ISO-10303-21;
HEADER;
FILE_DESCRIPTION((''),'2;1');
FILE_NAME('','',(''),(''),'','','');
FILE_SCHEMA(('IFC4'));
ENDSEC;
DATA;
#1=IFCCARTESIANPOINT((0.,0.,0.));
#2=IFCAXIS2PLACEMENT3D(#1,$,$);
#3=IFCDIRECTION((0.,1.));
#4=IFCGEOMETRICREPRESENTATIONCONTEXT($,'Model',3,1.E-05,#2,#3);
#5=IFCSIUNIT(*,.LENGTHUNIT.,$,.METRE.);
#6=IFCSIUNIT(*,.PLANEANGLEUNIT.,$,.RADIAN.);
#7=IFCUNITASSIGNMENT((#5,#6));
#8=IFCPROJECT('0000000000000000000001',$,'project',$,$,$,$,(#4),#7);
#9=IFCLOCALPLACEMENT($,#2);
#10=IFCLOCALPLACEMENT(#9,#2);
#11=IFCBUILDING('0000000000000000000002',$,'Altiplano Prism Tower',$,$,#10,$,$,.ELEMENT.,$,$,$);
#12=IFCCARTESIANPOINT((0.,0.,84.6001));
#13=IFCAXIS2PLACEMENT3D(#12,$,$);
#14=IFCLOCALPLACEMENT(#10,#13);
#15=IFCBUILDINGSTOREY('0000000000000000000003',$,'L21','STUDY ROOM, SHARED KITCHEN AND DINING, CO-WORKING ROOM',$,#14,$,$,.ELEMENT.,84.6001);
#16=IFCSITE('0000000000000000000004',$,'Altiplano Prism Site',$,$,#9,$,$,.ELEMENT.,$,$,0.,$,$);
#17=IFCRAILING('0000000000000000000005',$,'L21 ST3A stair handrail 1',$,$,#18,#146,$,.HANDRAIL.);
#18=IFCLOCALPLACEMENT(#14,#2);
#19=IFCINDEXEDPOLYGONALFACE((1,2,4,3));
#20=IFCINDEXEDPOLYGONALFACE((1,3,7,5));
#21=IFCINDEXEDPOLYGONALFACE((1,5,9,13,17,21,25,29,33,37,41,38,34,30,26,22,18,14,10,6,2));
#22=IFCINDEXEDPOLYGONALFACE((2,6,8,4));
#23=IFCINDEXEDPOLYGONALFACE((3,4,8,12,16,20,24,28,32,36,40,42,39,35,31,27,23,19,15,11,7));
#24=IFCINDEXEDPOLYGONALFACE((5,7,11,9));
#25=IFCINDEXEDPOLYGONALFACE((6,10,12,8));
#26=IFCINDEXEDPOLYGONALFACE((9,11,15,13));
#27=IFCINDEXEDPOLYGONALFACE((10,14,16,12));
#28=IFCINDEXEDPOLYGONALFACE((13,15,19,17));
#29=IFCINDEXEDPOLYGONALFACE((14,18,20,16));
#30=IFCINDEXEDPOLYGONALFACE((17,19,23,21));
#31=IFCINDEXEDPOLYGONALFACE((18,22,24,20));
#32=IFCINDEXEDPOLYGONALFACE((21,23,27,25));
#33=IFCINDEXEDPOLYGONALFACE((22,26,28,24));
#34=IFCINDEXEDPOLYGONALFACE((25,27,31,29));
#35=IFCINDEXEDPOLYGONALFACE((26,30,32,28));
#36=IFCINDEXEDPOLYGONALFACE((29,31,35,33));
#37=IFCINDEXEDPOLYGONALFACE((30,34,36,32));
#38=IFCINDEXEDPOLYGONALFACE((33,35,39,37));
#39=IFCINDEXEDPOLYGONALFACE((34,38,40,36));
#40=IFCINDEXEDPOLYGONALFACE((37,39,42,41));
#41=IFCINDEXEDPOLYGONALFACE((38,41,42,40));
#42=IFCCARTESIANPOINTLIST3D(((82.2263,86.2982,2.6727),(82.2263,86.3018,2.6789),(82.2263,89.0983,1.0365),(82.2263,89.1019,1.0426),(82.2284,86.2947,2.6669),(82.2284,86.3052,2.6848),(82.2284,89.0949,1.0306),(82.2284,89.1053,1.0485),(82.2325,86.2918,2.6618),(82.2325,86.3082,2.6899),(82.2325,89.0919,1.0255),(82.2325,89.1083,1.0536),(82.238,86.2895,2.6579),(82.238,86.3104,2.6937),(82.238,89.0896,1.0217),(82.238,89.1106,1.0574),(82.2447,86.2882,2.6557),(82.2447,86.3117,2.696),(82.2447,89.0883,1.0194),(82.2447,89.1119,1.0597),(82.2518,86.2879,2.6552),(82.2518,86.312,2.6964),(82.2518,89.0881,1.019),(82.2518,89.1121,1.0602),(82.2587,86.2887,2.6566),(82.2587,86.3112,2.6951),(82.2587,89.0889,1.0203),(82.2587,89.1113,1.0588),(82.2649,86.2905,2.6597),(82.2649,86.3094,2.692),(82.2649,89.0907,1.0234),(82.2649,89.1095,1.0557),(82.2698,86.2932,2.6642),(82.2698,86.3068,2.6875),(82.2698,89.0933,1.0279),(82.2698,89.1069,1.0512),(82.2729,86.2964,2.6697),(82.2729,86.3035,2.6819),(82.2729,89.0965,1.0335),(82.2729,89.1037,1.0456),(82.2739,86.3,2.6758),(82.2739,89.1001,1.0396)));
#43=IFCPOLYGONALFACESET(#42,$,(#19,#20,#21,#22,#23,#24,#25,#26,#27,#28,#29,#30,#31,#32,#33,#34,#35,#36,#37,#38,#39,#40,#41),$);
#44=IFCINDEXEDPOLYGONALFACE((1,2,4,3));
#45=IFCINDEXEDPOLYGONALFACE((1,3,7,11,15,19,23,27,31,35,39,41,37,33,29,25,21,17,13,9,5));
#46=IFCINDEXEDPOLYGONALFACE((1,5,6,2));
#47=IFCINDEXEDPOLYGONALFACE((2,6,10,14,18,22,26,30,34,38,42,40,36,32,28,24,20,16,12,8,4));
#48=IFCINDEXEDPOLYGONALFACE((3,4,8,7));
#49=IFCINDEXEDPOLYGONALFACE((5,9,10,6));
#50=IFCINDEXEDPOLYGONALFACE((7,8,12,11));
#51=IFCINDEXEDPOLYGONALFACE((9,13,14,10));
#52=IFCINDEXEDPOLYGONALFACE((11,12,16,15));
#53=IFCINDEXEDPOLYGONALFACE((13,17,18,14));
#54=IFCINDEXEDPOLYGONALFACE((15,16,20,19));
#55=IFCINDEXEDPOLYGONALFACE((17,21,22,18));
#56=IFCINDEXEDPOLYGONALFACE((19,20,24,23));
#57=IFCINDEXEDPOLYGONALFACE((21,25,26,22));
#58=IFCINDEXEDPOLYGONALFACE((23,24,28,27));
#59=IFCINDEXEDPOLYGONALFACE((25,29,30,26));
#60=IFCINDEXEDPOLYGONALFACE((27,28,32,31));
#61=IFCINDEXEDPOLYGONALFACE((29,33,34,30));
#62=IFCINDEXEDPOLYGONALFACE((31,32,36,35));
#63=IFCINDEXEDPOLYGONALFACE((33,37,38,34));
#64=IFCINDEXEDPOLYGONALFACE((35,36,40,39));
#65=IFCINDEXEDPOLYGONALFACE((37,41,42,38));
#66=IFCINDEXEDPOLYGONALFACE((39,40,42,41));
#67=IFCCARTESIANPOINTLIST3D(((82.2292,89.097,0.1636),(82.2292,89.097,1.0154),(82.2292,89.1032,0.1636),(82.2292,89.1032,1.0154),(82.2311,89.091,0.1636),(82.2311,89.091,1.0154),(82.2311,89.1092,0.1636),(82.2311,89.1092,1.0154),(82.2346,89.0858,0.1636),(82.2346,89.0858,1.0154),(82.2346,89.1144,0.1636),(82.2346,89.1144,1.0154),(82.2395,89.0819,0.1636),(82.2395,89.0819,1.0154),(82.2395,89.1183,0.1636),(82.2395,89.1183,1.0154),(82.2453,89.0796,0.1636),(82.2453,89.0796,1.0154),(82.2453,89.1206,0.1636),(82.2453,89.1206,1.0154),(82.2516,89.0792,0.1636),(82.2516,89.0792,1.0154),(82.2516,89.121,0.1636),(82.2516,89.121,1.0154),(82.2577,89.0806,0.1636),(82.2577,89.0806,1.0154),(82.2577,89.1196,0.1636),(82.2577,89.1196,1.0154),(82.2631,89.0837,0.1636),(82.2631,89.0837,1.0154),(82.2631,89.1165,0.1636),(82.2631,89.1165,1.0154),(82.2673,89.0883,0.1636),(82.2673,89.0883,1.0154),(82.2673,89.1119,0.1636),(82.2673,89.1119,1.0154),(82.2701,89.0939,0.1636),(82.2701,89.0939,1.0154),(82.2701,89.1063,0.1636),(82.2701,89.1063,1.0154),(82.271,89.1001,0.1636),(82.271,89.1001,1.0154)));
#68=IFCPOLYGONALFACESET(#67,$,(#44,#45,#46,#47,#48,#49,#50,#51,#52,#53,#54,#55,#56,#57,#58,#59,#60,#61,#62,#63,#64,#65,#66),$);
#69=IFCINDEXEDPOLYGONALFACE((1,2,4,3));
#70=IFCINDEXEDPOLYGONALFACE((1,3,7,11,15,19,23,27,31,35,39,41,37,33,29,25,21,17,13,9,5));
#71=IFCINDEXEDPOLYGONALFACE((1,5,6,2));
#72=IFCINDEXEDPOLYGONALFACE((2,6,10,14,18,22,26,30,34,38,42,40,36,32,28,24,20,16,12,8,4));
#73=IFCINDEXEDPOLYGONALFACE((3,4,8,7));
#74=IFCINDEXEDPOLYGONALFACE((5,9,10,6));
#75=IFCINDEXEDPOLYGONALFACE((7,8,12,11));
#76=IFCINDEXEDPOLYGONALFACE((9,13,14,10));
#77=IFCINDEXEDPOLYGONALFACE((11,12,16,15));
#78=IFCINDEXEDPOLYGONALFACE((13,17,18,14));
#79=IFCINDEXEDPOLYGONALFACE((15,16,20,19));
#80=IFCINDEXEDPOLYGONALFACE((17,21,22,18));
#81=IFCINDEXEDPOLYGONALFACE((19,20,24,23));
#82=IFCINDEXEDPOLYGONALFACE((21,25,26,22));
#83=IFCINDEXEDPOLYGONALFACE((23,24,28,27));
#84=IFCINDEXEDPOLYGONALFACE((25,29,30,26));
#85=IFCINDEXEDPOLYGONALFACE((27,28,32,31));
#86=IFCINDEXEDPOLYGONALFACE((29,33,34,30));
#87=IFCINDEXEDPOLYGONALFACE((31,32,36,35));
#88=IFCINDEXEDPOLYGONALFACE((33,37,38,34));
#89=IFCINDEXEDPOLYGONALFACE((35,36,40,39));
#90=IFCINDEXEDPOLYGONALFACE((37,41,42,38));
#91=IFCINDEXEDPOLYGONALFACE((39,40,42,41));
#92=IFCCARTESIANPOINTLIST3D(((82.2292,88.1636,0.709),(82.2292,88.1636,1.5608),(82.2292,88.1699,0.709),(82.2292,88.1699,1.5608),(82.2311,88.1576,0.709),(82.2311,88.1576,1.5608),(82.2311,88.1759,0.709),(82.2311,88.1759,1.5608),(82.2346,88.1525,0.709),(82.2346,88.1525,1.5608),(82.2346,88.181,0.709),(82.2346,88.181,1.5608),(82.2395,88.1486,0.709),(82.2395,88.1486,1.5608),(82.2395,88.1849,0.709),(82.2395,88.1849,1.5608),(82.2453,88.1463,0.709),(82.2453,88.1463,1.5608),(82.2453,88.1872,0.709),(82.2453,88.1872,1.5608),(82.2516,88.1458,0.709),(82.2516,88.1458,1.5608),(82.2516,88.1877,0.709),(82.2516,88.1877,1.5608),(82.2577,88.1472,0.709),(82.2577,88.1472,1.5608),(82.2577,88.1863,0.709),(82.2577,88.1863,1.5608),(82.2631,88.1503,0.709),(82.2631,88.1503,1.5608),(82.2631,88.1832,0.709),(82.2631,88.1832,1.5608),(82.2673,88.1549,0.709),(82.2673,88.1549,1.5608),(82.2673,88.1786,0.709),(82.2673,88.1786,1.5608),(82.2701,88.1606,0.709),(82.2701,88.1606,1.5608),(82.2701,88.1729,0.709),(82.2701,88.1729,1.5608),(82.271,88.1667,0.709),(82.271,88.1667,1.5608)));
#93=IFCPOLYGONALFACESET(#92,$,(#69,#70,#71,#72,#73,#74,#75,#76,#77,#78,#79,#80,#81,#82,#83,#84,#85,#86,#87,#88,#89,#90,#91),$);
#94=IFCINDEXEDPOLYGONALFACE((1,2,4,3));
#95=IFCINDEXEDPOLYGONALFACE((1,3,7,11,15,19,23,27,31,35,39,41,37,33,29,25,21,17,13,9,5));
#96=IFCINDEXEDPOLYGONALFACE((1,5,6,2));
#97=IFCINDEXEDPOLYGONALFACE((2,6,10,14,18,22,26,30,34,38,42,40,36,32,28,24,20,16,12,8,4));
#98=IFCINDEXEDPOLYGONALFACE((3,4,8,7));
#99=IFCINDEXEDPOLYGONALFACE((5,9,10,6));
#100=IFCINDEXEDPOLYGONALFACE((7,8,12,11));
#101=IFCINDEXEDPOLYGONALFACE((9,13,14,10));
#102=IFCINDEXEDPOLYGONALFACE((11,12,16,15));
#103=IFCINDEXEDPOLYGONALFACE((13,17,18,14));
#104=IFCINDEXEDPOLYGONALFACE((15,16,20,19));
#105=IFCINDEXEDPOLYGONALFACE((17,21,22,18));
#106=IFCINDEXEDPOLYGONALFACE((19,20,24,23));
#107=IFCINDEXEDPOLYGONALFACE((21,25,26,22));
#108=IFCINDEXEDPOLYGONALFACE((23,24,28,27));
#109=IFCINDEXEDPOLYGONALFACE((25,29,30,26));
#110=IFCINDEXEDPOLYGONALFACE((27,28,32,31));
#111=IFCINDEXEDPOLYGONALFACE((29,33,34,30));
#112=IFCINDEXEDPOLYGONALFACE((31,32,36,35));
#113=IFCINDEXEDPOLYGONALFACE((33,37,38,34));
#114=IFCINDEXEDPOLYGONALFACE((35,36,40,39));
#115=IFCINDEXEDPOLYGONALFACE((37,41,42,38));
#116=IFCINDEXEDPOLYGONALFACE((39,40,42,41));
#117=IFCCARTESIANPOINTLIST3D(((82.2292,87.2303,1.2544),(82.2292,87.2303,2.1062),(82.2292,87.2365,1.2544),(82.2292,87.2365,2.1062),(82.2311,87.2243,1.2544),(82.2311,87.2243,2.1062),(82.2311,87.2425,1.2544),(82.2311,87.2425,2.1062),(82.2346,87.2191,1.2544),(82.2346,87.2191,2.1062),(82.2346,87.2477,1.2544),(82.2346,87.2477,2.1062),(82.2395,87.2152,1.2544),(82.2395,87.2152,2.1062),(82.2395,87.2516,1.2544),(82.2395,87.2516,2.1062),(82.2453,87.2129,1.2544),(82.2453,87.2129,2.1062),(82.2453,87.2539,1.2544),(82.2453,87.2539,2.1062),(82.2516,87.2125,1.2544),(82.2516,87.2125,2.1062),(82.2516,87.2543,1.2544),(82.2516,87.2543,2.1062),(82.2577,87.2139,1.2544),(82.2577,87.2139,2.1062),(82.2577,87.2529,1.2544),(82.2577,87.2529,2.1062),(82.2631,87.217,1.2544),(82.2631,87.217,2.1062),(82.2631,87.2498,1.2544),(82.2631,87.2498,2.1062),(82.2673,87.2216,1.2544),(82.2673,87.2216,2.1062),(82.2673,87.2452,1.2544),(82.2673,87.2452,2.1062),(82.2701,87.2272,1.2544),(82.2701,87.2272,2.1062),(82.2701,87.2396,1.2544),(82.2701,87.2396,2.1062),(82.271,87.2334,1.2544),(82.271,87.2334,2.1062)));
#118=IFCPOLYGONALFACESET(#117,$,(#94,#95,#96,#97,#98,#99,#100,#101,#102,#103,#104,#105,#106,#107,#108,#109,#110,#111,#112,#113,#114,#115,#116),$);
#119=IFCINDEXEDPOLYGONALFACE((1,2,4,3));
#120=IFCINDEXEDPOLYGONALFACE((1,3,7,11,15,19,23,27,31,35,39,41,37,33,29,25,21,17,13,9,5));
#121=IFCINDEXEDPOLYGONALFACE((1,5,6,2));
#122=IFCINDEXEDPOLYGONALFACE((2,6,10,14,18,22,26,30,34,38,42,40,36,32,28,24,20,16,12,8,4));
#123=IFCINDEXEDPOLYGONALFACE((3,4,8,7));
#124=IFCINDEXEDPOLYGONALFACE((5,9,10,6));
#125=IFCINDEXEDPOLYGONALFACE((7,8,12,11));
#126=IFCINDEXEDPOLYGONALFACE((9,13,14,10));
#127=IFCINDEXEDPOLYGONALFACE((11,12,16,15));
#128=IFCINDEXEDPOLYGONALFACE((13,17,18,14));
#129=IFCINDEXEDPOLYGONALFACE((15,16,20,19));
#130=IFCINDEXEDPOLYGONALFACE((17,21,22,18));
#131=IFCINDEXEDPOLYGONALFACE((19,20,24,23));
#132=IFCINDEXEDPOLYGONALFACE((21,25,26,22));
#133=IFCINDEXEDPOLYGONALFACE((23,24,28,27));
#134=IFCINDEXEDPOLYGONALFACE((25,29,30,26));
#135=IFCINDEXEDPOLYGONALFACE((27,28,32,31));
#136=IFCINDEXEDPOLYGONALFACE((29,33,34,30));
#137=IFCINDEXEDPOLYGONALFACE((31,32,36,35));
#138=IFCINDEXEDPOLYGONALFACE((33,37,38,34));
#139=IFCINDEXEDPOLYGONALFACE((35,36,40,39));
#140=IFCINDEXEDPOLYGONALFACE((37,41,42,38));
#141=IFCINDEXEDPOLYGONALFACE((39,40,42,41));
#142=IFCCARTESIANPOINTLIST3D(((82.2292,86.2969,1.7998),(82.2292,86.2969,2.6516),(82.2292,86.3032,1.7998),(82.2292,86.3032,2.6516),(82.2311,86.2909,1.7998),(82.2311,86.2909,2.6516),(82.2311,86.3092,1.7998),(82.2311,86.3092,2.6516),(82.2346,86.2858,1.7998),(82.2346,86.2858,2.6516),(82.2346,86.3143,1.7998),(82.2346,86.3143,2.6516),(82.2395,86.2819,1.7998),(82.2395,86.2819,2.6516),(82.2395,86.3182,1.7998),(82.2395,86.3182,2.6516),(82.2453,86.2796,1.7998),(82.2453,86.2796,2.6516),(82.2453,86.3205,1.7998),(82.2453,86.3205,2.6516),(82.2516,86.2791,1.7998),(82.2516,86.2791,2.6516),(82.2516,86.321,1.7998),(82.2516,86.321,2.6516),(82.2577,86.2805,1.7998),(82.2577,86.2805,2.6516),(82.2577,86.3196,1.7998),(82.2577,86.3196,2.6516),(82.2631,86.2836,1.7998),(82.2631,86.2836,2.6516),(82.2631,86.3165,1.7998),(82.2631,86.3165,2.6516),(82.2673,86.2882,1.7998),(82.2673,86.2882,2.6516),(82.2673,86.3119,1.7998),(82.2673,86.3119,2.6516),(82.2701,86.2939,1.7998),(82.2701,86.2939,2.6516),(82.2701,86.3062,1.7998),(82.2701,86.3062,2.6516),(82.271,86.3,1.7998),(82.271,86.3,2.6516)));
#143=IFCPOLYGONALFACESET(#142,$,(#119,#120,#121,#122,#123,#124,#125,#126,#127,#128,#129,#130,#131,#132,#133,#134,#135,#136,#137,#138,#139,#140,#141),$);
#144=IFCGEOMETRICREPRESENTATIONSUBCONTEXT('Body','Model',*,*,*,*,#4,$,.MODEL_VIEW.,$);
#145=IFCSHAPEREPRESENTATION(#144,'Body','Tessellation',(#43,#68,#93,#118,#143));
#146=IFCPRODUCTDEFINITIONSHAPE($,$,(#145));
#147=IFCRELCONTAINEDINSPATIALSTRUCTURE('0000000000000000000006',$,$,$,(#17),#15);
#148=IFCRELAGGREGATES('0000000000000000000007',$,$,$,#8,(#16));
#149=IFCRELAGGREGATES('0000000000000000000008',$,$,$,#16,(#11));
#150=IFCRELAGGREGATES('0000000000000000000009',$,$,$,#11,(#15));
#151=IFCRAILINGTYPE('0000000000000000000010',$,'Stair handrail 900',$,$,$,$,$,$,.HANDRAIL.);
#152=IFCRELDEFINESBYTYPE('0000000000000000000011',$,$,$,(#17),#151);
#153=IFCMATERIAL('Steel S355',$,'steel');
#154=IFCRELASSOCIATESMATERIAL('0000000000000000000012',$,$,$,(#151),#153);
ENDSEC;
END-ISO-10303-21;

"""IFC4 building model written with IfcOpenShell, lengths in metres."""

from ifc_helpers import new_model, si_unit, direction, frame, origin, origin_2d, place, context, subcontext, project, spatial, circle, extrude, material, type_object, element, save


model = new_model("IFC4")

# Units and contexts
model_context = context("Model", 3, precision=1e-05, world=origin(), true_north=direction((0.0, 1.0)))
body_context = subcontext(model_context, "Body", "Model", "MODEL_VIEW")
ifc_project = project(units=[si_unit("LENGTHUNIT", "METRE"), si_unit("PLANEANGLEUNIT", "RADIAN")], contexts=[model_context])

# Site, building, storey
site_placement = place(None, origin())
site = spatial("IfcSite", under=ifc_project, at=site_placement, Name="Altiplano Prism Site", CompositionType="ELEMENT", RefElevation=0.0)
building_placement = place(site_placement, origin())
building = spatial("IfcBuilding", under=site, at=building_placement, Name="Altiplano Prism Tower", CompositionType="ELEMENT")
storey_placement = place(building_placement, frame((0.0, 0.0, 84.6001)))
storey = spatial("IfcBuildingStorey", under=building, at=storey_placement, Name="L21", Description="STUDY ROOM, SHARED KITCHEN AND DINING, CO-WORKING ROOM", CompositionType="ELEMENT", Elevation=84.6001)

# Railing
ifc_material_1 = material(Name="Steel S355", Category="steel")
railing_type = type_object("IfcRailingType", Name="Stair handrail 900", PredefinedType="HANDRAIL", material=ifc_material_1)
railing_placement = place(storey_placement, frame((82.25, 89.1001, 0.1636)))
element("IfcRailing", 1, at=railing_placement, inside=storey, type_object=railing_type, Name="L21 ST3A stair handrail 1", PredefinedType="HANDRAIL", context=body_context, shape_type="SweptSolid", body=[
    extrude(circle(Radius=0.0239, at=origin_2d()), frame((0.0, 0.0, 0.876), z_axis=(0.0, -0.863394, 0.504531), x_axis=(1.0, 0.0, 0.0)), (0.0, 0.0, 1.0), 3.2432),
    extrude(circle(Radius=0.021, at=origin_2d()), origin(), (0.0, 0.0, 1.0), 0.8518),
    extrude(circle(Radius=0.021, at=origin_2d()), frame((0.0, -0.9333, 0.5454)), (0.0, 0.0, 1.0), 0.8518),
    extrude(circle(Radius=0.021, at=origin_2d()), frame((0.0, -1.8667, 1.0908)), (0.0, 0.0, 1.0), 0.8518),
    extrude(circle(Radius=0.021, at=origin_2d()), frame((0.0, -2.8, 1.6362)), (0.0, 0.0, 1.0), 0.8518),
])

save(model, "model.ifc")
